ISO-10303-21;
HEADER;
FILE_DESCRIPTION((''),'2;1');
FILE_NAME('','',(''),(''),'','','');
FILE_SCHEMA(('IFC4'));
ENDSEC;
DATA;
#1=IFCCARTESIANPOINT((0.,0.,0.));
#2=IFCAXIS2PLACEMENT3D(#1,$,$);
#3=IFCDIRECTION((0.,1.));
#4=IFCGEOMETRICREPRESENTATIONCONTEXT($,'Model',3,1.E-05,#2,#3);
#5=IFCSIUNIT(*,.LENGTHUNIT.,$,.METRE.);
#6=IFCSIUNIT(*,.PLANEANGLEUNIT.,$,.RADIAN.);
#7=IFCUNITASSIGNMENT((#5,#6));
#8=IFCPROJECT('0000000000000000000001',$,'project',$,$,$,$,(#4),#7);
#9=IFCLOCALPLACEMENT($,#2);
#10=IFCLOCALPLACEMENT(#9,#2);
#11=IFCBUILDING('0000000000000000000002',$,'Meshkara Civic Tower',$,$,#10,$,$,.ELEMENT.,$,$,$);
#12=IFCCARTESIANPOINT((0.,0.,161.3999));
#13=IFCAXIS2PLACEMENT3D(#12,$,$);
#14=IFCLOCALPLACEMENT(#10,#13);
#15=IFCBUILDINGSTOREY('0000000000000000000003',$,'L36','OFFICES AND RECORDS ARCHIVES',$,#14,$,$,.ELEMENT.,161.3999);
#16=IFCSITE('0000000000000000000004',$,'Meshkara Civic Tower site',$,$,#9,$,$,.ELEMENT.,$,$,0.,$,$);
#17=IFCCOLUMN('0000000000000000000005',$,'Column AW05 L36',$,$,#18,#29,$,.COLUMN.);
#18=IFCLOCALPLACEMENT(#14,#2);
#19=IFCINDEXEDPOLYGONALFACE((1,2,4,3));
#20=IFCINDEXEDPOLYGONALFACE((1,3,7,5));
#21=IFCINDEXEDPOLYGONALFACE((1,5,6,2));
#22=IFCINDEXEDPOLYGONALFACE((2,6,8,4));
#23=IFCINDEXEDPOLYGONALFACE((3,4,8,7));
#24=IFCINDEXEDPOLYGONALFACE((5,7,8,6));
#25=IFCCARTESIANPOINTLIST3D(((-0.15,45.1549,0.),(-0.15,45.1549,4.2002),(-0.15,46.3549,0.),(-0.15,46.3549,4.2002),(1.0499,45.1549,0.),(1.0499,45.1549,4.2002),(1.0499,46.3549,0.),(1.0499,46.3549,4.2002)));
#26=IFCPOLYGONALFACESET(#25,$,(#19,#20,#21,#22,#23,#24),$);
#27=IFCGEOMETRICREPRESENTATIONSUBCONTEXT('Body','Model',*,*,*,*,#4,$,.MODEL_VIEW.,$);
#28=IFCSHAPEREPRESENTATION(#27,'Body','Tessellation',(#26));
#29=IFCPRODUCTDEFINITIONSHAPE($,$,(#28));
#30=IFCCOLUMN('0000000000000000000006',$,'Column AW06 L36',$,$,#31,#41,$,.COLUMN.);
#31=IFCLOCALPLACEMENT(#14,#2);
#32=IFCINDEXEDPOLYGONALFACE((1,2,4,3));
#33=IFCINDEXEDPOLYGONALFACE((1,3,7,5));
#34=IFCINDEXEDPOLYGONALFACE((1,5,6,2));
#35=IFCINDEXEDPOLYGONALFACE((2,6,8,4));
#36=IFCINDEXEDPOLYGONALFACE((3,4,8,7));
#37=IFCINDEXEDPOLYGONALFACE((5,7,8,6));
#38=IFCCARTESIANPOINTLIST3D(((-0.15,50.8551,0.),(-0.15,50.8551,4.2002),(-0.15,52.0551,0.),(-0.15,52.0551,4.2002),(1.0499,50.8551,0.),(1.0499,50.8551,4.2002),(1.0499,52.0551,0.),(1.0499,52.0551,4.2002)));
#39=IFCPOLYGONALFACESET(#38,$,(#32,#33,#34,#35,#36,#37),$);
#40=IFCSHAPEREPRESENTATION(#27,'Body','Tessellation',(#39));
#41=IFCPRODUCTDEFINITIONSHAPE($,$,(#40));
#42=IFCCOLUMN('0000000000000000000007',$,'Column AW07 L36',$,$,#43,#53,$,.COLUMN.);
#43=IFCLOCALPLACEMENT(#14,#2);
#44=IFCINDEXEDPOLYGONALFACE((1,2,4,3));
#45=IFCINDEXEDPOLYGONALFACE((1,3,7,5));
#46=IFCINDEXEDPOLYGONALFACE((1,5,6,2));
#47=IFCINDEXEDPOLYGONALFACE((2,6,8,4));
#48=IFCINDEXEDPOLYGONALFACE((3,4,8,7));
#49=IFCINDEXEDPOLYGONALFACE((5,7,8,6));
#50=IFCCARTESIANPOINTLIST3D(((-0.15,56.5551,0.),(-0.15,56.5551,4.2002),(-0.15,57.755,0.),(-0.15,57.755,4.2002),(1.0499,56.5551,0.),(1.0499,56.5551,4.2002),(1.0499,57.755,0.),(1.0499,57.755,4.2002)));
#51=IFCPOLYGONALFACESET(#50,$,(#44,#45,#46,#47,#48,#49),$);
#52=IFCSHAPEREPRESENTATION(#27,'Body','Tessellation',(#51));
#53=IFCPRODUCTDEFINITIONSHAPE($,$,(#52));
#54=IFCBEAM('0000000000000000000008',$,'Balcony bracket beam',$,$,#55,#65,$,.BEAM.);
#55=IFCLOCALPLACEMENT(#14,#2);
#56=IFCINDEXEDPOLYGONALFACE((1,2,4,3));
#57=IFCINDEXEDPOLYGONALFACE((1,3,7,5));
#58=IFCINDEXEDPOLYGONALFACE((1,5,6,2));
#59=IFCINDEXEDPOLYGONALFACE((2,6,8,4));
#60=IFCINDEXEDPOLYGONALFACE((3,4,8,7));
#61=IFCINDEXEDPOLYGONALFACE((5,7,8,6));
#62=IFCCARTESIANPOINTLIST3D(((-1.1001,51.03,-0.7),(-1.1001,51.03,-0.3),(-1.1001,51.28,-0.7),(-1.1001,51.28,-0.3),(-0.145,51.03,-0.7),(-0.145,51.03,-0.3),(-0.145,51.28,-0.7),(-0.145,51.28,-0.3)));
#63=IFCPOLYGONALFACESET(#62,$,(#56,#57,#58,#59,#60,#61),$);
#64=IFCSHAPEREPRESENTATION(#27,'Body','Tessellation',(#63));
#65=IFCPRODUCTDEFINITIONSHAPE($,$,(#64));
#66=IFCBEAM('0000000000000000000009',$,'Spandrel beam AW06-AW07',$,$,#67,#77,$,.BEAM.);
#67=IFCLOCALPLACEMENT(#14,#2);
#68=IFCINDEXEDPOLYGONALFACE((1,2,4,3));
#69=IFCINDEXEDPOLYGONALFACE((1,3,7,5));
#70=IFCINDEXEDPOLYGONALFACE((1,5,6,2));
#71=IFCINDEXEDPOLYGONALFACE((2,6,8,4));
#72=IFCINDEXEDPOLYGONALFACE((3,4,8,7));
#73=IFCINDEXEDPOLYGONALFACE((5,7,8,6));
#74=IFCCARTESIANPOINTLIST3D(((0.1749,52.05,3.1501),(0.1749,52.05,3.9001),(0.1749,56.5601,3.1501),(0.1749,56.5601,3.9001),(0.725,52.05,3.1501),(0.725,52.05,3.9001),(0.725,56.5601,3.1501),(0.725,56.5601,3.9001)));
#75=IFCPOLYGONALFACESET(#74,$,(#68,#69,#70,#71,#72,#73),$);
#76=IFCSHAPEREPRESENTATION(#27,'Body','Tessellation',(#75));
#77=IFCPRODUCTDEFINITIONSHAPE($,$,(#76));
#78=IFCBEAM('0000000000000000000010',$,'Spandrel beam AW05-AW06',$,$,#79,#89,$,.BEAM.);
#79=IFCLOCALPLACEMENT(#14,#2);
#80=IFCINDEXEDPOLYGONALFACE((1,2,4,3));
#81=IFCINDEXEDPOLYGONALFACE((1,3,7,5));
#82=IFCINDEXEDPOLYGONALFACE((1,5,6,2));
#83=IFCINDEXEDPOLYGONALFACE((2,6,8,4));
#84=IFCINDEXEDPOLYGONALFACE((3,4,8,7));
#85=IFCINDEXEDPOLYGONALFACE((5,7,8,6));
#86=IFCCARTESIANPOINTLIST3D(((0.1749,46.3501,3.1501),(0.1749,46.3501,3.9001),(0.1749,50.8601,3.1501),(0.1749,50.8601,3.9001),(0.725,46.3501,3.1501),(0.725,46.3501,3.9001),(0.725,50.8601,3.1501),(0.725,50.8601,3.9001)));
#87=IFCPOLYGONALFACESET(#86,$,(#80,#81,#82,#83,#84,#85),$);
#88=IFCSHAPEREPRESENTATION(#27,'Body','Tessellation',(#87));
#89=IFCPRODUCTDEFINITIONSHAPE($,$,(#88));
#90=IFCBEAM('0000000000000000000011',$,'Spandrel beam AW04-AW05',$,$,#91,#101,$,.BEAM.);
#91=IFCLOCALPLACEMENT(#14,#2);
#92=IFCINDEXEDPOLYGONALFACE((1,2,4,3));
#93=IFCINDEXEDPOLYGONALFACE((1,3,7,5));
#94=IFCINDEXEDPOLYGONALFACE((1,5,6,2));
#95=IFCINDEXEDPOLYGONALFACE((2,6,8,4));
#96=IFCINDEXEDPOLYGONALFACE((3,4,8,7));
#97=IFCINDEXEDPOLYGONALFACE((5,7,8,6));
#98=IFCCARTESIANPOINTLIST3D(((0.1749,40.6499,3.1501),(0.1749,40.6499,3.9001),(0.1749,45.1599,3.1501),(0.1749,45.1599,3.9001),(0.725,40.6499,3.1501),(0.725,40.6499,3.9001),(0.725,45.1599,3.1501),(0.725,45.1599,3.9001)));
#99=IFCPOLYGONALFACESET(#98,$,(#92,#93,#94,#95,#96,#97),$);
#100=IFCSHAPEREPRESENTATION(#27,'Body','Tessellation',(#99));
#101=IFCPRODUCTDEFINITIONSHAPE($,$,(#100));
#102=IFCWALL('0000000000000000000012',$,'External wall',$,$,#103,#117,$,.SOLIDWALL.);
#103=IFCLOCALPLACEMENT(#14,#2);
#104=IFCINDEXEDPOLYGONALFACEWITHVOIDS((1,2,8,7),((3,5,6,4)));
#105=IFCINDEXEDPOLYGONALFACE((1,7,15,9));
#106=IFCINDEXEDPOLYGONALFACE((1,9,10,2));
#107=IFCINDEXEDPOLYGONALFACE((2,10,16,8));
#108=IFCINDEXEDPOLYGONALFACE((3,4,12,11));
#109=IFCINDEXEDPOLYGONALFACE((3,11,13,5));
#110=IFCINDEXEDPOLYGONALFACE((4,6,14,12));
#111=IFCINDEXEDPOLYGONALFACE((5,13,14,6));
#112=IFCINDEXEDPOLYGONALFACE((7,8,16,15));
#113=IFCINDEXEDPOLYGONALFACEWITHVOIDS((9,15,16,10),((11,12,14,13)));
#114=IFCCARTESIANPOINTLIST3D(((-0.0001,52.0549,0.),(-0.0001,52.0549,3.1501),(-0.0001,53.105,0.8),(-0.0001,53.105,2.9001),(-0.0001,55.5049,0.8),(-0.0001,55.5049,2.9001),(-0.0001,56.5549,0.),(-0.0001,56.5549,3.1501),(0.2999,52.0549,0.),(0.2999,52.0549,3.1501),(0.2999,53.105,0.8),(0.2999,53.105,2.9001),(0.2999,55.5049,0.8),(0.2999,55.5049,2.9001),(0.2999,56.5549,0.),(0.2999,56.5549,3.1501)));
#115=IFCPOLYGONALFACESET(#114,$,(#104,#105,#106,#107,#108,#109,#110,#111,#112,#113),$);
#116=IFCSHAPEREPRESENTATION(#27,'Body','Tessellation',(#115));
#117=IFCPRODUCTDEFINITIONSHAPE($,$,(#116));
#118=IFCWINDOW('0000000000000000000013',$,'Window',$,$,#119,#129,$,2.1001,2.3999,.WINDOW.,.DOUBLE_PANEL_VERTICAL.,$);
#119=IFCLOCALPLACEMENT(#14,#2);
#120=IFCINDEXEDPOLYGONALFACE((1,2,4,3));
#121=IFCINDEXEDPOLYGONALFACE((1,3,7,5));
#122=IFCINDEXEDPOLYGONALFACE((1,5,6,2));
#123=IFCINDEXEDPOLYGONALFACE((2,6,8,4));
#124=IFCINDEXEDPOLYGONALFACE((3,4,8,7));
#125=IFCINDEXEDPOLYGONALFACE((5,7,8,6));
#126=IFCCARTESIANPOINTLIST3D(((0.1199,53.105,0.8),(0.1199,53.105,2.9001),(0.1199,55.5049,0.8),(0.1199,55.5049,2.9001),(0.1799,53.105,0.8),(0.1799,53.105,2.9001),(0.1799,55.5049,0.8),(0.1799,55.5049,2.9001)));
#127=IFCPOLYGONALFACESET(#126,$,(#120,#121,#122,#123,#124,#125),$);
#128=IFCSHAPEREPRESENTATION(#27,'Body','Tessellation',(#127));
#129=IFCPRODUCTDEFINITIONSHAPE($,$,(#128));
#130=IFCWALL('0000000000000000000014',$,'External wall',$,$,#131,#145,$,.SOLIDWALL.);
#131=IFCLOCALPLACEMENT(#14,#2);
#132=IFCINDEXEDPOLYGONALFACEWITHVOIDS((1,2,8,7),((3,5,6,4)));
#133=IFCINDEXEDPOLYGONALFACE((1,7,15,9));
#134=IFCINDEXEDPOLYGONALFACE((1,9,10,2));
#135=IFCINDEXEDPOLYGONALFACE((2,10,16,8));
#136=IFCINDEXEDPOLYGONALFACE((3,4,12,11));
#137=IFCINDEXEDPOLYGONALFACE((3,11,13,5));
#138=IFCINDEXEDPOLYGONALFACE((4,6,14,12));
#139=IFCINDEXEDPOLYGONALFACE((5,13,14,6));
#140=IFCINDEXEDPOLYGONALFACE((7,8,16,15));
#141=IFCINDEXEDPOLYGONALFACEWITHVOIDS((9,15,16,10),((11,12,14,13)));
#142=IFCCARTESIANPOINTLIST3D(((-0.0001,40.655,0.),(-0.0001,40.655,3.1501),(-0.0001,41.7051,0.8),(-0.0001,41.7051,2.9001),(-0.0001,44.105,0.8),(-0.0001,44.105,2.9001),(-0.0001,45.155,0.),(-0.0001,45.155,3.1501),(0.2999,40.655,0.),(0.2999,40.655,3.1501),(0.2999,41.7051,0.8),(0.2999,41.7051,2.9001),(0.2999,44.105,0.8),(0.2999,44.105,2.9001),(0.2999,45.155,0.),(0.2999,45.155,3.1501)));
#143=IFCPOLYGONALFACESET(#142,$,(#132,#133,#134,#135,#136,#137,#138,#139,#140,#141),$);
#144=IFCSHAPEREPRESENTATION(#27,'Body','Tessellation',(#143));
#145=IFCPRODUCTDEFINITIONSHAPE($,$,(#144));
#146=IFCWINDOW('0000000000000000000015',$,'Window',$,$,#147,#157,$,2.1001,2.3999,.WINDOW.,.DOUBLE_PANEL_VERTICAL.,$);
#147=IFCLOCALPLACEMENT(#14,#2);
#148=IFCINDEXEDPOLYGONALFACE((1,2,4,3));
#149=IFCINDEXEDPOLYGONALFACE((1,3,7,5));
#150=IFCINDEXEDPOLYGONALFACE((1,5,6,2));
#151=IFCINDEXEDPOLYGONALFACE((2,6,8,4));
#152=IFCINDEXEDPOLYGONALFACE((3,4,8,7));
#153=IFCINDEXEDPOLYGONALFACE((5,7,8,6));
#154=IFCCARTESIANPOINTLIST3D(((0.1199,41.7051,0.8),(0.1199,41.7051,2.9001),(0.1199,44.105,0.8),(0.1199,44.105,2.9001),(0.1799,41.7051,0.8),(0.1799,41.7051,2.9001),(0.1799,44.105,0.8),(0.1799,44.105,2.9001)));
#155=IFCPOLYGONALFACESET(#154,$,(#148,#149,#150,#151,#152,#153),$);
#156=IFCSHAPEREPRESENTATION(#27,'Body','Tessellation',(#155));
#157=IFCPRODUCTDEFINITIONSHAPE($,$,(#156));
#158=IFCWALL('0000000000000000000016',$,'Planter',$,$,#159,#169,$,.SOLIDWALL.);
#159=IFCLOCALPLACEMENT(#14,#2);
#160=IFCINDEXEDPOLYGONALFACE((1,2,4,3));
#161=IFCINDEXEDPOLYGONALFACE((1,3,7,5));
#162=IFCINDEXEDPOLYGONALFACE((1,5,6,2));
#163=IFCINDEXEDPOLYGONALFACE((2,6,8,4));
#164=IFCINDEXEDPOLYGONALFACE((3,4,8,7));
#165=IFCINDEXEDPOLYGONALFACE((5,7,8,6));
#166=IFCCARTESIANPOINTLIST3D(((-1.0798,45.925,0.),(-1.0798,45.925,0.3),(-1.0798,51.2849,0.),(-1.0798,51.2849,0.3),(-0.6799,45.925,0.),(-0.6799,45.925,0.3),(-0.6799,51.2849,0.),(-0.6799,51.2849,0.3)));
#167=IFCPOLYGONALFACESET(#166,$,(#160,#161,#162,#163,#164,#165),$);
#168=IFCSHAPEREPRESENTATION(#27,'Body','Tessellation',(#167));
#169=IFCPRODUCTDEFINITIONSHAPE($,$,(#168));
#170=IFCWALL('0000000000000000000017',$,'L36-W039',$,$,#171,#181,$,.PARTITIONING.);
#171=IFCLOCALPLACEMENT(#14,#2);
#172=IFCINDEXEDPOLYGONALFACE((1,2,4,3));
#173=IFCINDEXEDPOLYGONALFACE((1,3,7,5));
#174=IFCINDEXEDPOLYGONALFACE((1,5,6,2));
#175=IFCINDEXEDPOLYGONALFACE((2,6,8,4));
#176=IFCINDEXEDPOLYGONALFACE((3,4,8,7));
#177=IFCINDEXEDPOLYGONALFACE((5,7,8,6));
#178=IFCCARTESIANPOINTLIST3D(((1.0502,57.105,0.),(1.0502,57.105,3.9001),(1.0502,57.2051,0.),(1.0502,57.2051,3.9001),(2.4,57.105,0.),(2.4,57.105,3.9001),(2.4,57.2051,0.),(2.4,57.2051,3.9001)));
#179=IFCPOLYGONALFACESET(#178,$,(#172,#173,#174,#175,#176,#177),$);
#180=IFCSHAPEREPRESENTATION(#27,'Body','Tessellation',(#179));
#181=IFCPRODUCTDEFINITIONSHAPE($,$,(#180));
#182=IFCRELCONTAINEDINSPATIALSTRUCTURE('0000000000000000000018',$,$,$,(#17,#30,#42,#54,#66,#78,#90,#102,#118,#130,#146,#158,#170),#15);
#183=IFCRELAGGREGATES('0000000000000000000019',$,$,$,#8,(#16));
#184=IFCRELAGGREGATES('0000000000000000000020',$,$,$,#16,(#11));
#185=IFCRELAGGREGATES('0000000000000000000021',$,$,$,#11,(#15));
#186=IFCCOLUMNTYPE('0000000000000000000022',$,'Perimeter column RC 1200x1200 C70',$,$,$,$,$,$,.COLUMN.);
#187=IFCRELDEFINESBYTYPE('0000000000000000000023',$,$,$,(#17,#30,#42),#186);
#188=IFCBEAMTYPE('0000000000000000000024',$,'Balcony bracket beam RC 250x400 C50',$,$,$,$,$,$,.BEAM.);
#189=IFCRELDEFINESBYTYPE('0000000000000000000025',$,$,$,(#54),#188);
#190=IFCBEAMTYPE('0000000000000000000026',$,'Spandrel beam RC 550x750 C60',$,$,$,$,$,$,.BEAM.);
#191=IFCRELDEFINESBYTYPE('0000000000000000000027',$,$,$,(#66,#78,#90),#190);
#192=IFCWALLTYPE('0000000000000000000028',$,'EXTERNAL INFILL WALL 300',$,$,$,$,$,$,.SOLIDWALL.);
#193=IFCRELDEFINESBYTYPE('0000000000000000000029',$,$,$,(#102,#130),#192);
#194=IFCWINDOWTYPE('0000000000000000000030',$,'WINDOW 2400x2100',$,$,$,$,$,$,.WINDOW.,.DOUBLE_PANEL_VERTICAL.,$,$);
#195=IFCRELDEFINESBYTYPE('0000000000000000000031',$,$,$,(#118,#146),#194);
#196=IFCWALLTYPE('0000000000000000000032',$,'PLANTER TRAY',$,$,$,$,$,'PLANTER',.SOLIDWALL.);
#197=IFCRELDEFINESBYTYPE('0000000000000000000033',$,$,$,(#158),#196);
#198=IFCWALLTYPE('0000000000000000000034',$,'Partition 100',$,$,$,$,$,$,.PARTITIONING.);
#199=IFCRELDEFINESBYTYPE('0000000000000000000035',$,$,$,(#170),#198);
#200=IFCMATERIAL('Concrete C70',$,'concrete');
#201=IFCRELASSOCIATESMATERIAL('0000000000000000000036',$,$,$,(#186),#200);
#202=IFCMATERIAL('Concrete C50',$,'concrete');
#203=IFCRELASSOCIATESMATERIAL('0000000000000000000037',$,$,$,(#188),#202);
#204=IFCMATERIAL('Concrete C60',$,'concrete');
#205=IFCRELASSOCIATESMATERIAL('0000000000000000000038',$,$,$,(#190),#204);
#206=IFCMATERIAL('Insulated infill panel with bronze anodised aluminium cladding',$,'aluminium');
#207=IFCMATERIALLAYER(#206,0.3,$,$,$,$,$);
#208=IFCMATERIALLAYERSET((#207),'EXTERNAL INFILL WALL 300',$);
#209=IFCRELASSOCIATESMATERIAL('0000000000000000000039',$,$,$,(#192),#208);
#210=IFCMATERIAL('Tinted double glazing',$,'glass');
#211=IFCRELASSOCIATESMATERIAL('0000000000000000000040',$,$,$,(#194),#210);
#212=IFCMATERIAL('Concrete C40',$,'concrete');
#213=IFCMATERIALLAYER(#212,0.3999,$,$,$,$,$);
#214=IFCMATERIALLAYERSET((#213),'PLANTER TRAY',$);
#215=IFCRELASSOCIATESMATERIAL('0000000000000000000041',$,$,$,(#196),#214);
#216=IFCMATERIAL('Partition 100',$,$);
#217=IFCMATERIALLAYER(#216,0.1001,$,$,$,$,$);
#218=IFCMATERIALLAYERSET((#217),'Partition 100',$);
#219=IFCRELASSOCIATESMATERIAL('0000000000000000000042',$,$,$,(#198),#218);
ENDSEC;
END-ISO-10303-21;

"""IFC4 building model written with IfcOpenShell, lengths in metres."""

from ifc_helpers import new_model, si_unit, direction, frame, frame_2d, origin, origin_2d, place, context, subcontext, project, spatial, rectangle, extrude, material, layer, layer_set, material_profile, profile_set, type_object, element, fill, save


model = new_model("IFC4")

# Units and contexts
model_context = context("Model", 3, precision=1e-05, world=origin(), true_north=direction((0.0, 1.0)))
body_context = subcontext(model_context, "Body", "Model", "MODEL_VIEW")
ifc_project = project(units=[si_unit("LENGTHUNIT", "METRE"), si_unit("PLANEANGLEUNIT", "RADIAN")], contexts=[model_context])

# Site, building, storey
site_placement = place(None, origin())
site = spatial("IfcSite", under=ifc_project, at=site_placement, Name="Meshkara Civic Tower site", CompositionType="ELEMENT", RefElevation=0.0)
building_placement = place(site_placement, origin())
building = spatial("IfcBuilding", under=site, at=building_placement, Name="Meshkara Civic Tower", CompositionType="ELEMENT")
storey_placement = place(building_placement, frame((0.0, 0.0, 161.3999)))
storey = spatial("IfcBuildingStorey", under=building, at=storey_placement, Name="L36", Description="OFFICES AND RECORDS ARCHIVES", CompositionType="ELEMENT", Elevation=161.3999)

# Columns
ifc_material_1 = material(Name="Concrete C70", Category="concrete")
ifc_material_profile_1 = material_profile(ifc_material_1, rectangle(XDim=1.2, YDim=1.2, at=origin_2d()))
ifc_profile_set_1 = profile_set([ifc_material_profile_1], Name="Concrete C70")
column_type = type_object("IfcColumnType", Name="Perimeter column RC 1200x1200 C70", PredefinedType="COLUMN", material=ifc_profile_set_1)
for number, where, z_axis, x_axis, name in (
    (1, (0.45, 45.7549, 0.0), (0.0, 0.0, 1.0), (1.0, 0.0, 0.0), "Column AW05 L36"),
    (2, (0.45, 51.4551, 0.0), (0.0, 0.0, 1.0), (1.0, 0.0, 0.0), "Column AW06 L36"),
    (3, (0.45, 57.155, 0.0), (0.0, 0.0, 1.0), (1.0, 0.0, 0.0), "Column AW07 L36"),
):
    element("IfcColumn", number, at=place(storey_placement, frame(where, z_axis=z_axis, x_axis=x_axis)), inside=storey, type_object=column_type, Name=name, PredefinedType="COLUMN", context=body_context, shape_type="SweptSolid", body=[
        extrude(rectangle(XDim=1.2, YDim=1.2, at=origin_2d()), origin(), (0.0, 0.0, 1.0), 4.2002),
    ])

# Beams
ifc_material_2 = material(Name="Concrete C50", Category="concrete")
ifc_material_profile_2 = material_profile(ifc_material_2, rectangle(XDim=0.25, YDim=0.3999, at=origin_2d()))
ifc_profile_set_2 = profile_set([ifc_material_profile_2], Name="Concrete C50")
beam_type_1 = type_object("IfcBeamType", Name="Balcony bracket beam RC 250x400 C50", PredefinedType="BEAM", material=ifc_profile_set_2)
beam_placement = place(storey_placement, frame((-0.145, 51.155, -0.5), z_axis=(-1.0, 0.0, 0.0), x_axis=(0.0, -1.0, 0.0)))
element("IfcBeam", 4, at=beam_placement, inside=storey, type_object=beam_type_1, Name="Balcony bracket beam", PredefinedType="BEAM", context=body_context, shape_type="SweptSolid", body=[
    extrude(rectangle(XDim=0.25, YDim=0.3999, at=origin_2d()), origin(), (0.0, 0.0, 1.0), 0.9551),
])
ifc_material_3 = material(Name="Concrete C60", Category="concrete")
ifc_material_profile_3 = material_profile(ifc_material_3, rectangle(XDim=0.55, YDim=0.75, at=origin_2d()))
ifc_profile_set_3 = profile_set([ifc_material_profile_3], Name="Concrete C60")
beam_type_2 = type_object("IfcBeamType", Name="Spandrel beam RC 550x750 C60", PredefinedType="BEAM", material=ifc_profile_set_3)
for number, where, z_axis, x_axis, name in (
    (5, (0.45, 56.5601, 3.5251), (0.0, -1.0, 0.0), (1.0, 0.0, 0.0), "Spandrel beam AW06-AW07"),
    (6, (0.45, 50.8601, 3.5251), (0.0, -1.0, 0.0), (1.0, 0.0, 0.0), "Spandrel beam AW05-AW06"),
    (7, (0.45, 45.1599, 3.5251), (0.0, -1.0, 0.0), (1.0, 0.0, 0.0), "Spandrel beam AW04-AW05"),
):
    element("IfcBeam", number, at=place(storey_placement, frame(where, z_axis=z_axis, x_axis=x_axis)), inside=storey, type_object=beam_type_2, Name=name, PredefinedType="BEAM", context=body_context, shape_type="SweptSolid", body=[
        extrude(rectangle(XDim=0.55, YDim=0.75, at=origin_2d()), origin(), (0.0, 0.0, 1.0), 4.51),
    ])

# Walls, openings, windows
ifc_material_4 = material(Name="Insulated infill panel with bronze anodised aluminium cladding", Category="aluminium")
ifc_layer_1 = layer(ifc_material_4, 0.3)
ifc_layer_set_1 = layer_set([ifc_layer_1], Name="EXTERNAL INFILL WALL 300")
wall_type_1 = type_object("IfcWallType", Name="EXTERNAL INFILL WALL 300", PredefinedType="SOLIDWALL", material=ifc_layer_set_1)
wall_1_placement = place(storey_placement, frame((0.1499, 56.5549, 0.0), z_axis=(0.0, 0.0, 1.0), x_axis=(0.0, -1.0, 0.0)))
wall_1 = element("IfcWall", 8, at=wall_1_placement, inside=storey, type_object=wall_type_1, Name="External wall", PredefinedType="SOLIDWALL", context=body_context, shape_type="SweptSolid", body=[
    extrude(rectangle(XDim=4.5, YDim=0.3, at=frame_2d((2.25, 0.0))), origin(), (0.0, 0.0, 1.0), 3.1501),
])
opening_1_placement = place(wall_1_placement, frame((1.05, 0.0, 0.8)))
opening_1 = element("IfcOpeningElement", 9, at=opening_1_placement, cuts=wall_1, PredefinedType="OPENING", context=body_context, shape_type="SweptSolid", body=[
    extrude(rectangle(XDim=2.3999, YDim=2.1001, at=frame_2d((1.2, 1.05))), frame((0.0, 0.1599, 0.0), z_axis=(0.0, -1.0, 0.0), x_axis=(1.0, 0.0, 0.0)), (0.0, 0.0, 1.0), 0.3201),
])
ifc_material_5 = material(Name="Tinted double glazing", Category="glass")
window_type = type_object("IfcWindowType", Name="WINDOW 2400x2100", PartitioningType="DOUBLE_PANEL_VERTICAL", PredefinedType="WINDOW", material=ifc_material_5)
window_1_placement = place(opening_1_placement, origin())
window_1 = element("IfcWindow", 10, at=window_1_placement, inside=storey, type_object=window_type, Name="Window", OverallHeight=2.1001, OverallWidth=2.3999, PartitioningType="DOUBLE_PANEL_VERTICAL", PredefinedType="WINDOW", context=body_context, shape_type="SweptSolid", body=[
    extrude(rectangle(XDim=2.3999, YDim=2.1001, at=frame_2d((1.2, 1.05))), frame((0.0, 0.03, 0.0), z_axis=(0.0, -1.0, 0.0), x_axis=(1.0, 0.0, 0.0)), (0.0, 0.0, 1.0), 0.0601),
])
fill(opening_1, window_1)
wall_2_placement = place(storey_placement, frame((0.1499, 45.155, 0.0), z_axis=(0.0, 0.0, 1.0), x_axis=(0.0, -1.0, 0.0)))
wall_2 = element("IfcWall", 11, at=wall_2_placement, inside=storey, type_object=wall_type_1, Name="External wall", PredefinedType="SOLIDWALL", context=body_context, shape_type="SweptSolid", body=[
    extrude(rectangle(XDim=4.5, YDim=0.3, at=frame_2d((2.25, 0.0))), origin(), (0.0, 0.0, 1.0), 3.1501),
])
opening_2_placement = place(wall_2_placement, frame((1.05, 0.0, 0.8)))
opening_2 = element("IfcOpeningElement", 12, at=opening_2_placement, cuts=wall_2, PredefinedType="OPENING", context=body_context, shape_type="SweptSolid", body=[
    extrude(rectangle(XDim=2.3999, YDim=2.1001, at=frame_2d((1.2, 1.05))), frame((0.0, 0.1599, 0.0), z_axis=(0.0, -1.0, 0.0), x_axis=(1.0, 0.0, 0.0)), (0.0, 0.0, 1.0), 0.3201),
])
window_2_placement = place(opening_2_placement, origin())
window_2 = element("IfcWindow", 13, at=window_2_placement, inside=storey, type_object=window_type, Name="Window", OverallHeight=2.1001, OverallWidth=2.3999, PartitioningType="DOUBLE_PANEL_VERTICAL", PredefinedType="WINDOW", context=body_context, shape_type="SweptSolid", body=[
    extrude(rectangle(XDim=2.3999, YDim=2.1001, at=frame_2d((1.2, 1.05))), frame((0.0, 0.03, 0.0), z_axis=(0.0, -1.0, 0.0), x_axis=(1.0, 0.0, 0.0)), (0.0, 0.0, 1.0), 0.0601),
])
fill(opening_2, window_2)

# Walls
ifc_material_6 = material(Name="Concrete C40", Category="concrete")
ifc_layer_2 = layer(ifc_material_6, 0.3999)
ifc_layer_set_2 = layer_set([ifc_layer_2], Name="PLANTER TRAY")
wall_type_2 = type_object("IfcWallType", Name="PLANTER TRAY", ElementType="PLANTER", PredefinedType="SOLIDWALL", material=ifc_layer_set_2)
wall_3_placement = place(storey_placement, frame((-0.8799, 51.2849, 0.0), z_axis=(0.0, 0.0, 1.0), x_axis=(0.0, -1.0, 0.0)))
element("IfcWall", 14, at=wall_3_placement, inside=storey, type_object=wall_type_2, Name="Planter", PredefinedType="SOLIDWALL", context=body_context, shape_type="SweptSolid", body=[
    extrude(rectangle(XDim=5.3599, YDim=0.3999, at=frame_2d((2.6799, 0.0))), origin(), (0.0, 0.0, 1.0), 0.3),
])
ifc_material_7 = material(Name="Partition 100")
ifc_layer_3 = layer(ifc_material_7, 0.1001)
ifc_layer_set_3 = layer_set([ifc_layer_3], Name="Partition 100")
wall_type_3 = type_object("IfcWallType", Name="Partition 100", PredefinedType="PARTITIONING", material=ifc_layer_set_3)
wall_4_placement = place(storey_placement, frame((2.3999, 57.155, 0.0), z_axis=(0.0, 0.0, 1.0), x_axis=(-1.0, 0.0, 0.0)))
element("IfcWall", 15, at=wall_4_placement, inside=storey, type_object=wall_type_3, Name="L36-W039", PredefinedType="PARTITIONING", context=body_context, shape_type="SweptSolid", body=[
    extrude(rectangle(XDim=1.3499, YDim=0.1001, at=frame_2d((0.6748, 0.0))), origin(), (0.0, 0.0, 1.0), 3.9001),
])

save(model, "model.ifc")
